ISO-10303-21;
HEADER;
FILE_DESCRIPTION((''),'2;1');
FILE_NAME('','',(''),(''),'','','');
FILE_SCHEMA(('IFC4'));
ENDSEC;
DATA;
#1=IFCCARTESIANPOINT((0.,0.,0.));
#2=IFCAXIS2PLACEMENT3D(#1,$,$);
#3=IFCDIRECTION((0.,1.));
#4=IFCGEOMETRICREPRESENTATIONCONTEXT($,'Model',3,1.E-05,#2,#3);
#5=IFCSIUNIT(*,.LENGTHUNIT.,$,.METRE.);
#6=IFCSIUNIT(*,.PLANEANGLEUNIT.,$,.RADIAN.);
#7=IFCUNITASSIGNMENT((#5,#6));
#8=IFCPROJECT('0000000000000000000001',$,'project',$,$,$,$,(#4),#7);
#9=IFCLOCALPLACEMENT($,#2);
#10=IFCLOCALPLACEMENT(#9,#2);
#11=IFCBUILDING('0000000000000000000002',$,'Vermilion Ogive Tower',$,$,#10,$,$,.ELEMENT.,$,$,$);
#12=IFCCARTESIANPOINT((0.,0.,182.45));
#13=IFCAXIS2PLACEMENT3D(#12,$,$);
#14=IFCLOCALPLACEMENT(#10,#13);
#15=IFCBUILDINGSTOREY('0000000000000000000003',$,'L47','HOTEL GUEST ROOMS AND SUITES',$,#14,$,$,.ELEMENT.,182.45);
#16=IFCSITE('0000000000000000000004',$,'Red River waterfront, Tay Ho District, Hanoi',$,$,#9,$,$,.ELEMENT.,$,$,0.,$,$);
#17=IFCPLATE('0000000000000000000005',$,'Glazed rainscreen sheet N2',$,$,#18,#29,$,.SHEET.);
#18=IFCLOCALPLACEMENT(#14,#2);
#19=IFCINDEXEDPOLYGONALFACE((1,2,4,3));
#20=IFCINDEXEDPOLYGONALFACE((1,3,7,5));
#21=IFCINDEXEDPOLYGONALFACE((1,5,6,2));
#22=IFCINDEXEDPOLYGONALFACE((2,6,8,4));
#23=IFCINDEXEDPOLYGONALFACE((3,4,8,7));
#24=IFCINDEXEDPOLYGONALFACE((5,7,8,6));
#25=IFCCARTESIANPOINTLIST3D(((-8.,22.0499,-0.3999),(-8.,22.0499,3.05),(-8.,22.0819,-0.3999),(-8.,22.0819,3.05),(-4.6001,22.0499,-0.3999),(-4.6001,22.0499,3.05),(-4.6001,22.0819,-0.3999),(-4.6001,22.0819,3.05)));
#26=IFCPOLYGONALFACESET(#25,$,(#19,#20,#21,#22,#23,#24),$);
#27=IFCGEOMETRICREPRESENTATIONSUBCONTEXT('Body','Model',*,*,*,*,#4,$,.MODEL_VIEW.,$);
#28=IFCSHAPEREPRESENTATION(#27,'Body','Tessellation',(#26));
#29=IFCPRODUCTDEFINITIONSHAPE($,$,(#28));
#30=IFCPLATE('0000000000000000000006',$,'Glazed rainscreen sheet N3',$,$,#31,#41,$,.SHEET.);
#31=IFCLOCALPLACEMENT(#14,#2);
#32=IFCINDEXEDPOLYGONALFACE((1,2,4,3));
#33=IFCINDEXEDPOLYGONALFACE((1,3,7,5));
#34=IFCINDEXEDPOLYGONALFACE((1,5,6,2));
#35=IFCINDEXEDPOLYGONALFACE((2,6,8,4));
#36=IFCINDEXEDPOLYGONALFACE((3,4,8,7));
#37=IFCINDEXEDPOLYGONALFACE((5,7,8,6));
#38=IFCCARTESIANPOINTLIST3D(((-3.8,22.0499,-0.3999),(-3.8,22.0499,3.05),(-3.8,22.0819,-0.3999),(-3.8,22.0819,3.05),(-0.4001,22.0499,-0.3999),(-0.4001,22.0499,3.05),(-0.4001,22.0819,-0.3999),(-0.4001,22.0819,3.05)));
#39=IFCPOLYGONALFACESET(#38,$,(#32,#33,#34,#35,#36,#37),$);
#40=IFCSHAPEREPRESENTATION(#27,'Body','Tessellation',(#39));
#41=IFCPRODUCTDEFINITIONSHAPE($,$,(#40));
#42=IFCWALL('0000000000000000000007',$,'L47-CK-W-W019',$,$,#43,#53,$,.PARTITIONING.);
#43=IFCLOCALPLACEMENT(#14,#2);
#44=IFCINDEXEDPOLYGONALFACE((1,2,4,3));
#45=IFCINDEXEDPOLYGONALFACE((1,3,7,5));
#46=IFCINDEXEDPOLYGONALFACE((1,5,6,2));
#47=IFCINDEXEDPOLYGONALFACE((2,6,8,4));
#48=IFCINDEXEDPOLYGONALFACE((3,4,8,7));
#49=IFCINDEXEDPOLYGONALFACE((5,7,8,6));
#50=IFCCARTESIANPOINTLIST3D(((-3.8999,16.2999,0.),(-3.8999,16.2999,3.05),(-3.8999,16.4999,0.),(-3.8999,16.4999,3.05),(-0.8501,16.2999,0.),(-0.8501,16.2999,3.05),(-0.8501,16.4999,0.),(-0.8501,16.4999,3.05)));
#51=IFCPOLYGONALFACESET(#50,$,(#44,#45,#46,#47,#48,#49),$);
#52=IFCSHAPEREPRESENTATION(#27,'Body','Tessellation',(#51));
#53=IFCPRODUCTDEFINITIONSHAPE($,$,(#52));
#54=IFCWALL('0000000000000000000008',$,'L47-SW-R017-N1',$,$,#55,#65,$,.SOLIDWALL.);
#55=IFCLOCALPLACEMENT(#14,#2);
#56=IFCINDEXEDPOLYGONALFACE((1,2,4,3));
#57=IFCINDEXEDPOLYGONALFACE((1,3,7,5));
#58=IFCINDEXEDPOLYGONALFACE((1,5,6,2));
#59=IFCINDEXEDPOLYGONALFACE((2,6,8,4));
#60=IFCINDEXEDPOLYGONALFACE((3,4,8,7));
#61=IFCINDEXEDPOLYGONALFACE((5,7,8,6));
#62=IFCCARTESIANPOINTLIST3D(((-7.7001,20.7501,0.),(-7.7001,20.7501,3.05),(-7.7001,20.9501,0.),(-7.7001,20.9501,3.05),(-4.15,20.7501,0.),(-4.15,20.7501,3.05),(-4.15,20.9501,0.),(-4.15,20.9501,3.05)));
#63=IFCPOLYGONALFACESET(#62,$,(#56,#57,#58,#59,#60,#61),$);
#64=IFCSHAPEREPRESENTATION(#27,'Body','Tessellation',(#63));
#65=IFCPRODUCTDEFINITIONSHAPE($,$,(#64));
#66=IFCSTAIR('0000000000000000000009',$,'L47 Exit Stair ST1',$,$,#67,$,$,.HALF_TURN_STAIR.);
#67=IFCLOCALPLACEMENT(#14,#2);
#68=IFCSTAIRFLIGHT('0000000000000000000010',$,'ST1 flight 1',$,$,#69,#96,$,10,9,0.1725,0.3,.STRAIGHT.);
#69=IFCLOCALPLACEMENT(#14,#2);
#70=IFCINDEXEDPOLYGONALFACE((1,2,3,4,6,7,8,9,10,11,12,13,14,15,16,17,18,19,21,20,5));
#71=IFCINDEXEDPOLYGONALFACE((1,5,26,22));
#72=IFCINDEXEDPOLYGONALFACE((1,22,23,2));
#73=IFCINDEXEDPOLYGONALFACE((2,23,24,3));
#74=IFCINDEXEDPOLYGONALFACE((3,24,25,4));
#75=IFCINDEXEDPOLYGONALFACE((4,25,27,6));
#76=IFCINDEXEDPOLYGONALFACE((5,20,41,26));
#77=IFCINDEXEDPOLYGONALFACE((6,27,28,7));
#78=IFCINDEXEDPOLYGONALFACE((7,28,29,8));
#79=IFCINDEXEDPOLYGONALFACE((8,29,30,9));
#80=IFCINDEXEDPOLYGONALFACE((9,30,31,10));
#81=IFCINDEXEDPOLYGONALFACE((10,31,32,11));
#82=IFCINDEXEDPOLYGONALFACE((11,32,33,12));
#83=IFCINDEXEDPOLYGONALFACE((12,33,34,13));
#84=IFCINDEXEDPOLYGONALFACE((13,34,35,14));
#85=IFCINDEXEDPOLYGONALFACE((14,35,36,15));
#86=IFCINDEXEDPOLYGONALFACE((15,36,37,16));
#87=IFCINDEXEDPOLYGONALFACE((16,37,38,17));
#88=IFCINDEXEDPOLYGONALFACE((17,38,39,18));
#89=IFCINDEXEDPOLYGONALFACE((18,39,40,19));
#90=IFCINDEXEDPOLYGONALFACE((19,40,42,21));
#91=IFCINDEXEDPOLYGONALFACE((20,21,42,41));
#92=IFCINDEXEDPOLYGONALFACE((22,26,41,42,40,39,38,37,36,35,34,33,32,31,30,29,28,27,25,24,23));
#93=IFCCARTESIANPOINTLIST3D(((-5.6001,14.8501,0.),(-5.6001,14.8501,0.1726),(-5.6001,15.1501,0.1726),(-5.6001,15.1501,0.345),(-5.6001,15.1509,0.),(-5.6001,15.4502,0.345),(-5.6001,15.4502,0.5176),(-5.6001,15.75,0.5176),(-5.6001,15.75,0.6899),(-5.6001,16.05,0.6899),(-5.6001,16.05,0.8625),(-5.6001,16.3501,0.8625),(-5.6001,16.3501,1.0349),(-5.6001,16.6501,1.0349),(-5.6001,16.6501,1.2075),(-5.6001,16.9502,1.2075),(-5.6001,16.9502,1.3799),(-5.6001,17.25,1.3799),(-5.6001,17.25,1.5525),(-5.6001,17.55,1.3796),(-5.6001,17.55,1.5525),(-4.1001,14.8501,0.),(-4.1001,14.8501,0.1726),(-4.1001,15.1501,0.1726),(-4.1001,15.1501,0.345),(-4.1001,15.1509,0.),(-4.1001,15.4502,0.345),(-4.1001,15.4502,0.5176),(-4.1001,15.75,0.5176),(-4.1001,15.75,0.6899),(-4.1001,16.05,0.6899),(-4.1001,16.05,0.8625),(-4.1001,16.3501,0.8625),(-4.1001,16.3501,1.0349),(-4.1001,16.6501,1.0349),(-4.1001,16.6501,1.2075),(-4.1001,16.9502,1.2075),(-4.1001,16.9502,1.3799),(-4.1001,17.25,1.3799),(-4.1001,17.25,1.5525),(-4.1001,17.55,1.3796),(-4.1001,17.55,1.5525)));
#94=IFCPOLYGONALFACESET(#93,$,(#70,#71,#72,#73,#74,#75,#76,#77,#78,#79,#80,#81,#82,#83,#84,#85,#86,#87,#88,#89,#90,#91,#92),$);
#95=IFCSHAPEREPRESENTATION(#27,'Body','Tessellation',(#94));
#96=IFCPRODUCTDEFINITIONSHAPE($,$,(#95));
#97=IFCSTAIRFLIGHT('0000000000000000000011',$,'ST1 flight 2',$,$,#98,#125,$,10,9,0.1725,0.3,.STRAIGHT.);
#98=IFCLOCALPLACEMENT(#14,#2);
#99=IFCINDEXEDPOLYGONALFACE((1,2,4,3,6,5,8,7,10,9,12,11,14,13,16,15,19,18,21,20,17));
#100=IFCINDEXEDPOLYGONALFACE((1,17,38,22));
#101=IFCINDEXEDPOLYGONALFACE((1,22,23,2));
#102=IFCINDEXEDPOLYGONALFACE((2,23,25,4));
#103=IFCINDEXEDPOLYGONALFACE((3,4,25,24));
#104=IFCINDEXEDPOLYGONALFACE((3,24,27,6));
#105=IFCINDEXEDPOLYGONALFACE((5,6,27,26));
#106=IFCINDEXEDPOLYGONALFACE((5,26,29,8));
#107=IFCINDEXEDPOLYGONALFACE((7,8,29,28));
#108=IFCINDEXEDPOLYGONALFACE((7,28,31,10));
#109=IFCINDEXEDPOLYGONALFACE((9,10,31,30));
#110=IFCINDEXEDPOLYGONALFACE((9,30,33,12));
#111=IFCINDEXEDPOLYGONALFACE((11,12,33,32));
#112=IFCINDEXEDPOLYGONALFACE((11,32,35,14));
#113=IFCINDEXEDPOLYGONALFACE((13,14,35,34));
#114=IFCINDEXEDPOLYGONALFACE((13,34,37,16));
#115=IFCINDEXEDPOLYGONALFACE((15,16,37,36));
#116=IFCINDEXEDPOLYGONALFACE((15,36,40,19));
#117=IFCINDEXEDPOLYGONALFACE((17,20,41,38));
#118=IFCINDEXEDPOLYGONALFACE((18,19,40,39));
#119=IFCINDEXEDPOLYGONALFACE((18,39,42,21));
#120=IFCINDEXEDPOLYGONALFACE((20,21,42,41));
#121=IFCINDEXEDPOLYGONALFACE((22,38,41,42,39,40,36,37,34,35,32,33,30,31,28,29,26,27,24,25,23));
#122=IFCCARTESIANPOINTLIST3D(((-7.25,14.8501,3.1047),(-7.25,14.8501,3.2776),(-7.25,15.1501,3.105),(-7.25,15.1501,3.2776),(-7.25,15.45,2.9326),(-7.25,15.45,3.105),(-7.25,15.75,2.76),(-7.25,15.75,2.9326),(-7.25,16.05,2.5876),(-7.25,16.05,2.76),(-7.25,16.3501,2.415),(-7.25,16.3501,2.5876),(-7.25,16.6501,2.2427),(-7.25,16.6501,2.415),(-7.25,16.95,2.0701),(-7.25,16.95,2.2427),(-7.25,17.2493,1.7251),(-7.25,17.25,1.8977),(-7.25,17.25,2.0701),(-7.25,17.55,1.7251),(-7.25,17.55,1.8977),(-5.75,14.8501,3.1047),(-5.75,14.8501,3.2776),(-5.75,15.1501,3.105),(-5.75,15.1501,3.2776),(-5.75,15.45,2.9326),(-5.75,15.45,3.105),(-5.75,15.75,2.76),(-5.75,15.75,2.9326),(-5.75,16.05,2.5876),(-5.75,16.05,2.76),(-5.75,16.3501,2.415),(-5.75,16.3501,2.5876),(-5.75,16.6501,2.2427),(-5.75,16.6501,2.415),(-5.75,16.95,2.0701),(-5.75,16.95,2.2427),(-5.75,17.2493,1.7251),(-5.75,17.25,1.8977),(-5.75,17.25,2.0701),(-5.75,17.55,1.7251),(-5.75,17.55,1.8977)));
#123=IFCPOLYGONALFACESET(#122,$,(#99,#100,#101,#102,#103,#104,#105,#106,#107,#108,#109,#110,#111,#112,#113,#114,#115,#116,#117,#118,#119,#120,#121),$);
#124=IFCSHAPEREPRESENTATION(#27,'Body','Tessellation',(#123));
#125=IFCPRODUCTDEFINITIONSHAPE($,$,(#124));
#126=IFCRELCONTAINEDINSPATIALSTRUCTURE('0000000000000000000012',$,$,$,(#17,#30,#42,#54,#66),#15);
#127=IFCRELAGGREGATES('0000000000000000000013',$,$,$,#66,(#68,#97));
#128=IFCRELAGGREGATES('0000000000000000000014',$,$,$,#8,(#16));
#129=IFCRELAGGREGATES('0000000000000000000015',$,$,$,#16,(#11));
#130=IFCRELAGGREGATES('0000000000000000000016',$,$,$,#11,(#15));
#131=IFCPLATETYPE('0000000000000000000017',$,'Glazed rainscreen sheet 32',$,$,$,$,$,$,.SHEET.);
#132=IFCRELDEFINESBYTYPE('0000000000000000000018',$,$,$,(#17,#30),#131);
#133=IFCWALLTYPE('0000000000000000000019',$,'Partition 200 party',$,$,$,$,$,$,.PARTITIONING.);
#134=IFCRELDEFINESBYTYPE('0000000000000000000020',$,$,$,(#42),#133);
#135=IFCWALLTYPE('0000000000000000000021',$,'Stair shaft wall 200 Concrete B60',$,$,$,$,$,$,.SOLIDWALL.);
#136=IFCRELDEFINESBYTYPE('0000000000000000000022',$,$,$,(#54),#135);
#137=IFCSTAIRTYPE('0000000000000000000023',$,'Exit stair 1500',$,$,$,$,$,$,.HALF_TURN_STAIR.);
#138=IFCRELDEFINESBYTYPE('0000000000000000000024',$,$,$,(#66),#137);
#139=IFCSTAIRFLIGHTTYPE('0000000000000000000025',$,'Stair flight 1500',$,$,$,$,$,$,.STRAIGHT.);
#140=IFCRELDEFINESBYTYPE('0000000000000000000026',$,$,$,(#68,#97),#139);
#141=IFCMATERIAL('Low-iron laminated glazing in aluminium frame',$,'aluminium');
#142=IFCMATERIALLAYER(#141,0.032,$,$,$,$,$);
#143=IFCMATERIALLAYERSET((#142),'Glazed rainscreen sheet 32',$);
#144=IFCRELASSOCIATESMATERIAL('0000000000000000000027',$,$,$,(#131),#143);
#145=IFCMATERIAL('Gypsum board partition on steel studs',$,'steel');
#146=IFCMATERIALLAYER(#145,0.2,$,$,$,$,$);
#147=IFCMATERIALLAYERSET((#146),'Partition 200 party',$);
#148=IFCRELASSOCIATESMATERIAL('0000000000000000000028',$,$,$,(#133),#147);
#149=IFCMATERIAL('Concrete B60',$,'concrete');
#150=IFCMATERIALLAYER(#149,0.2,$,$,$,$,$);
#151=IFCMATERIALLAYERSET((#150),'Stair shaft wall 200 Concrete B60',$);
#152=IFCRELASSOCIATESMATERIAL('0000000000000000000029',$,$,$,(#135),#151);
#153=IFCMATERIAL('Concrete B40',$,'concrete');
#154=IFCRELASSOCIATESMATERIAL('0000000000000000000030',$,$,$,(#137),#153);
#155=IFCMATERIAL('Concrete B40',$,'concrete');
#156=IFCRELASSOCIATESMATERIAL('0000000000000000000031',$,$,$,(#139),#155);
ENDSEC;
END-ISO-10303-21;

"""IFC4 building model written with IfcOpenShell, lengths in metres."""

from ifc_helpers import new_model, si_unit, direction, frame, frame_2d, origin, origin_2d, place, context, subcontext, project, spatial, polyline, rectangle, outline, extrude, material, layer, layer_set, type_object, element, aggregate, save


model = new_model("IFC4")

# Units and contexts
model_context = context("Model", 3, precision=1e-05, world=origin(), true_north=direction((0.0, 1.0)))
body_context = subcontext(model_context, "Body", "Model", "MODEL_VIEW")
ifc_project = project(units=[si_unit("LENGTHUNIT", "METRE"), si_unit("PLANEANGLEUNIT", "RADIAN")], contexts=[model_context])

# Site, building, storey
site_placement = place(None, origin())
site = spatial("IfcSite", under=ifc_project, at=site_placement, Name="Red River waterfront, Tay Ho District, Hanoi", CompositionType="ELEMENT", RefElevation=0.0)
building_placement = place(site_placement, origin())
building = spatial("IfcBuilding", under=site, at=building_placement, Name="Vermilion Ogive Tower", CompositionType="ELEMENT")
storey_placement = place(building_placement, frame((0.0, 0.0, 182.45)))
storey = spatial("IfcBuildingStorey", under=building, at=storey_placement, Name="L47", Description="HOTEL GUEST ROOMS AND SUITES", CompositionType="ELEMENT", Elevation=182.45)

# Plates
ifc_material_1 = material(Name="Low-iron laminated glazing in aluminium frame", Category="aluminium")
ifc_layer_1 = layer(ifc_material_1, 0.032)
ifc_layer_set_1 = layer_set([ifc_layer_1], Name="Glazed rainscreen sheet 32")
plate_type = type_object("IfcPlateType", Name="Glazed rainscreen sheet 32", PredefinedType="SHEET", material=ifc_layer_set_1)
for number, where, z_axis, x_axis, name in (
    (1, (-6.3, 22.0659, -0.3999), (0.0, 0.0, 1.0), (1.0, 0.0, 0.0), "Glazed rainscreen sheet N2"),
    (2, (-2.1001, 22.0659, -0.3999), (0.0, 0.0, 1.0), (1.0, 0.0, 0.0), "Glazed rainscreen sheet N3"),
):
    element("IfcPlate", number, at=place(storey_placement, frame(where, z_axis=z_axis, x_axis=x_axis)), inside=storey, type_object=plate_type, Name=name, PredefinedType="SHEET", context=body_context, shape_type="SweptSolid", body=[
        extrude(rectangle(XDim=3.3999, YDim=0.032, at=origin_2d()), origin(), (0.0, 0.0, 1.0), 3.45),
    ])

# Walls
ifc_material_2 = material(Name="Gypsum board partition on steel studs", Category="steel")
ifc_layer_2 = layer(ifc_material_2, 0.2)
ifc_layer_set_2 = layer_set([ifc_layer_2], Name="Partition 200 party")
wall_type_1 = type_object("IfcWallType", Name="Partition 200 party", PredefinedType="PARTITIONING", material=ifc_layer_set_2)
wall_1_placement = place(storey_placement, frame((-3.8999, 16.3999, 0.0), z_axis=(0.0, 0.0, 1.0), x_axis=(1.0, 0.0, 0.0)))
element("IfcWall", 3, at=wall_1_placement, inside=storey, type_object=wall_type_1, Name="L47-CK-W-W019", PredefinedType="PARTITIONING", context=body_context, shape_type="SweptSolid", body=[
    extrude(rectangle(XDim=3.0498, YDim=0.2, at=frame_2d((1.5249, 0.0))), origin(), (0.0, 0.0, 1.0), 3.05),
])
ifc_material_3 = material(Name="Concrete B60", Category="concrete")
ifc_layer_3 = layer(ifc_material_3, 0.2)
ifc_layer_set_3 = layer_set([ifc_layer_3], Name="Stair shaft wall 200 Concrete B60")
wall_type_2 = type_object("IfcWallType", Name="Stair shaft wall 200 Concrete B60", PredefinedType="SOLIDWALL", material=ifc_layer_set_3)
wall_2_placement = place(storey_placement, frame((-7.7, 20.8501, 0.0), z_axis=(0.0, 0.0, 1.0), x_axis=(1.0, 0.0, 0.0)))
element("IfcWall", 4, at=wall_2_placement, inside=storey, type_object=wall_type_2, Name="L47-SW-R017-N1", PredefinedType="SOLIDWALL", context=body_context, shape_type="SweptSolid", body=[
    extrude(rectangle(XDim=3.55, YDim=0.2, at=frame_2d((1.7749, 0.0))), origin(), (0.0, 0.0, 1.0), 3.05),
])

# Stair, stair flights
ifc_material_4 = material(Name="Concrete B40", Category="concrete")
stair_type = type_object("IfcStairType", Name="Exit stair 1500", PredefinedType="HALF_TURN_STAIR", material=ifc_material_4)
stair_placement = place(storey_placement, origin())
stair = element("IfcStair", 5, at=stair_placement, inside=storey, type_object=stair_type, Name="L47 Exit Stair ST1", PredefinedType="HALF_TURN_STAIR")
ifc_material_5 = material(Name="Concrete B40", Category="concrete")
stair_flight_type = type_object("IfcStairFlightType", Name="Stair flight 1500", PredefinedType="STRAIGHT", material=ifc_material_5)
stair_flight_1_placement = place(storey_placement, frame((-4.8501, 14.8501, 0.0), z_axis=(0.0, 0.0, 1.0), x_axis=(0.0, 1.0, 0.0)))
stair_flight_1 = element("IfcStairFlight", 6, at=stair_flight_1_placement, type_object=stair_flight_type, Name="ST1 flight 1", NumberOfRisers=10, NumberOfTreads=9, PredefinedType="STRAIGHT", RiserHeight=0.1725, TreadLength=0.3, context=body_context, shape_type="SweptSolid", body=[
    extrude(outline(polyline([(0.0, 0.0), (0.0, 0.1726), (0.3, 0.1726), (0.3, 0.345), (0.6001, 0.345), (0.6001, 0.5176), (0.8999, 0.5176), (0.8999, 0.6899), (1.2, 0.6899), (1.2, 0.8625), (1.5, 0.8625), (1.5, 1.0349), (1.8, 1.0349), (1.8, 1.2075), (2.1001, 1.2075), (2.1001, 1.3799), (2.3999, 1.3799), (2.3999, 1.5525), (2.7, 1.5525), (2.7, 1.7251), (2.7, 1.3796), (0.3008, 0.0), (0.0, 0.0)])), frame((0.0, 0.75, 0.0), z_axis=(0.0, -1.0, 0.0), x_axis=(1.0, 0.0, 0.0)), (0.0, 0.0, 1.0), 1.5),
])
stair_flight_2_placement = place(storey_placement, frame((-6.5, 17.55, 1.7251), z_axis=(0.0, 0.0, 1.0), x_axis=(0.0, -1.0, 0.0)))
stair_flight_2 = element("IfcStairFlight", 7, at=stair_flight_2_placement, type_object=stair_flight_type, Name="ST1 flight 2", NumberOfRisers=10, NumberOfTreads=9, PredefinedType="STRAIGHT", RiserHeight=0.1725, TreadLength=0.3, context=body_context, shape_type="SweptSolid", body=[
    extrude(outline(polyline([(0.0, 0.0), (0.0, 0.1726), (0.3, 0.1726), (0.3, 0.345), (0.6001, 0.345), (0.6001, 0.5176), (0.8999, 0.5176), (0.8999, 0.6899), (1.2, 0.6899), (1.2, 0.8625), (1.5, 0.8625), (1.5, 1.0349), (1.8, 1.0349), (1.8, 1.2075), (2.1001, 1.2075), (2.1001, 1.3799), (2.3999, 1.3799), (2.3999, 1.5525), (2.7, 1.5525), (2.7, 1.7251), (2.7, 1.3796), (0.3008, 0.0), (0.0, 0.0)])), frame((0.0, 0.75, 0.0), z_axis=(0.0, -1.0, 0.0), x_axis=(1.0, 0.0, 0.0)), (0.0, 0.0, 1.0), 1.5),
])
aggregate(stair, [stair_flight_1, stair_flight_2])

save(model, "model.ifc")
